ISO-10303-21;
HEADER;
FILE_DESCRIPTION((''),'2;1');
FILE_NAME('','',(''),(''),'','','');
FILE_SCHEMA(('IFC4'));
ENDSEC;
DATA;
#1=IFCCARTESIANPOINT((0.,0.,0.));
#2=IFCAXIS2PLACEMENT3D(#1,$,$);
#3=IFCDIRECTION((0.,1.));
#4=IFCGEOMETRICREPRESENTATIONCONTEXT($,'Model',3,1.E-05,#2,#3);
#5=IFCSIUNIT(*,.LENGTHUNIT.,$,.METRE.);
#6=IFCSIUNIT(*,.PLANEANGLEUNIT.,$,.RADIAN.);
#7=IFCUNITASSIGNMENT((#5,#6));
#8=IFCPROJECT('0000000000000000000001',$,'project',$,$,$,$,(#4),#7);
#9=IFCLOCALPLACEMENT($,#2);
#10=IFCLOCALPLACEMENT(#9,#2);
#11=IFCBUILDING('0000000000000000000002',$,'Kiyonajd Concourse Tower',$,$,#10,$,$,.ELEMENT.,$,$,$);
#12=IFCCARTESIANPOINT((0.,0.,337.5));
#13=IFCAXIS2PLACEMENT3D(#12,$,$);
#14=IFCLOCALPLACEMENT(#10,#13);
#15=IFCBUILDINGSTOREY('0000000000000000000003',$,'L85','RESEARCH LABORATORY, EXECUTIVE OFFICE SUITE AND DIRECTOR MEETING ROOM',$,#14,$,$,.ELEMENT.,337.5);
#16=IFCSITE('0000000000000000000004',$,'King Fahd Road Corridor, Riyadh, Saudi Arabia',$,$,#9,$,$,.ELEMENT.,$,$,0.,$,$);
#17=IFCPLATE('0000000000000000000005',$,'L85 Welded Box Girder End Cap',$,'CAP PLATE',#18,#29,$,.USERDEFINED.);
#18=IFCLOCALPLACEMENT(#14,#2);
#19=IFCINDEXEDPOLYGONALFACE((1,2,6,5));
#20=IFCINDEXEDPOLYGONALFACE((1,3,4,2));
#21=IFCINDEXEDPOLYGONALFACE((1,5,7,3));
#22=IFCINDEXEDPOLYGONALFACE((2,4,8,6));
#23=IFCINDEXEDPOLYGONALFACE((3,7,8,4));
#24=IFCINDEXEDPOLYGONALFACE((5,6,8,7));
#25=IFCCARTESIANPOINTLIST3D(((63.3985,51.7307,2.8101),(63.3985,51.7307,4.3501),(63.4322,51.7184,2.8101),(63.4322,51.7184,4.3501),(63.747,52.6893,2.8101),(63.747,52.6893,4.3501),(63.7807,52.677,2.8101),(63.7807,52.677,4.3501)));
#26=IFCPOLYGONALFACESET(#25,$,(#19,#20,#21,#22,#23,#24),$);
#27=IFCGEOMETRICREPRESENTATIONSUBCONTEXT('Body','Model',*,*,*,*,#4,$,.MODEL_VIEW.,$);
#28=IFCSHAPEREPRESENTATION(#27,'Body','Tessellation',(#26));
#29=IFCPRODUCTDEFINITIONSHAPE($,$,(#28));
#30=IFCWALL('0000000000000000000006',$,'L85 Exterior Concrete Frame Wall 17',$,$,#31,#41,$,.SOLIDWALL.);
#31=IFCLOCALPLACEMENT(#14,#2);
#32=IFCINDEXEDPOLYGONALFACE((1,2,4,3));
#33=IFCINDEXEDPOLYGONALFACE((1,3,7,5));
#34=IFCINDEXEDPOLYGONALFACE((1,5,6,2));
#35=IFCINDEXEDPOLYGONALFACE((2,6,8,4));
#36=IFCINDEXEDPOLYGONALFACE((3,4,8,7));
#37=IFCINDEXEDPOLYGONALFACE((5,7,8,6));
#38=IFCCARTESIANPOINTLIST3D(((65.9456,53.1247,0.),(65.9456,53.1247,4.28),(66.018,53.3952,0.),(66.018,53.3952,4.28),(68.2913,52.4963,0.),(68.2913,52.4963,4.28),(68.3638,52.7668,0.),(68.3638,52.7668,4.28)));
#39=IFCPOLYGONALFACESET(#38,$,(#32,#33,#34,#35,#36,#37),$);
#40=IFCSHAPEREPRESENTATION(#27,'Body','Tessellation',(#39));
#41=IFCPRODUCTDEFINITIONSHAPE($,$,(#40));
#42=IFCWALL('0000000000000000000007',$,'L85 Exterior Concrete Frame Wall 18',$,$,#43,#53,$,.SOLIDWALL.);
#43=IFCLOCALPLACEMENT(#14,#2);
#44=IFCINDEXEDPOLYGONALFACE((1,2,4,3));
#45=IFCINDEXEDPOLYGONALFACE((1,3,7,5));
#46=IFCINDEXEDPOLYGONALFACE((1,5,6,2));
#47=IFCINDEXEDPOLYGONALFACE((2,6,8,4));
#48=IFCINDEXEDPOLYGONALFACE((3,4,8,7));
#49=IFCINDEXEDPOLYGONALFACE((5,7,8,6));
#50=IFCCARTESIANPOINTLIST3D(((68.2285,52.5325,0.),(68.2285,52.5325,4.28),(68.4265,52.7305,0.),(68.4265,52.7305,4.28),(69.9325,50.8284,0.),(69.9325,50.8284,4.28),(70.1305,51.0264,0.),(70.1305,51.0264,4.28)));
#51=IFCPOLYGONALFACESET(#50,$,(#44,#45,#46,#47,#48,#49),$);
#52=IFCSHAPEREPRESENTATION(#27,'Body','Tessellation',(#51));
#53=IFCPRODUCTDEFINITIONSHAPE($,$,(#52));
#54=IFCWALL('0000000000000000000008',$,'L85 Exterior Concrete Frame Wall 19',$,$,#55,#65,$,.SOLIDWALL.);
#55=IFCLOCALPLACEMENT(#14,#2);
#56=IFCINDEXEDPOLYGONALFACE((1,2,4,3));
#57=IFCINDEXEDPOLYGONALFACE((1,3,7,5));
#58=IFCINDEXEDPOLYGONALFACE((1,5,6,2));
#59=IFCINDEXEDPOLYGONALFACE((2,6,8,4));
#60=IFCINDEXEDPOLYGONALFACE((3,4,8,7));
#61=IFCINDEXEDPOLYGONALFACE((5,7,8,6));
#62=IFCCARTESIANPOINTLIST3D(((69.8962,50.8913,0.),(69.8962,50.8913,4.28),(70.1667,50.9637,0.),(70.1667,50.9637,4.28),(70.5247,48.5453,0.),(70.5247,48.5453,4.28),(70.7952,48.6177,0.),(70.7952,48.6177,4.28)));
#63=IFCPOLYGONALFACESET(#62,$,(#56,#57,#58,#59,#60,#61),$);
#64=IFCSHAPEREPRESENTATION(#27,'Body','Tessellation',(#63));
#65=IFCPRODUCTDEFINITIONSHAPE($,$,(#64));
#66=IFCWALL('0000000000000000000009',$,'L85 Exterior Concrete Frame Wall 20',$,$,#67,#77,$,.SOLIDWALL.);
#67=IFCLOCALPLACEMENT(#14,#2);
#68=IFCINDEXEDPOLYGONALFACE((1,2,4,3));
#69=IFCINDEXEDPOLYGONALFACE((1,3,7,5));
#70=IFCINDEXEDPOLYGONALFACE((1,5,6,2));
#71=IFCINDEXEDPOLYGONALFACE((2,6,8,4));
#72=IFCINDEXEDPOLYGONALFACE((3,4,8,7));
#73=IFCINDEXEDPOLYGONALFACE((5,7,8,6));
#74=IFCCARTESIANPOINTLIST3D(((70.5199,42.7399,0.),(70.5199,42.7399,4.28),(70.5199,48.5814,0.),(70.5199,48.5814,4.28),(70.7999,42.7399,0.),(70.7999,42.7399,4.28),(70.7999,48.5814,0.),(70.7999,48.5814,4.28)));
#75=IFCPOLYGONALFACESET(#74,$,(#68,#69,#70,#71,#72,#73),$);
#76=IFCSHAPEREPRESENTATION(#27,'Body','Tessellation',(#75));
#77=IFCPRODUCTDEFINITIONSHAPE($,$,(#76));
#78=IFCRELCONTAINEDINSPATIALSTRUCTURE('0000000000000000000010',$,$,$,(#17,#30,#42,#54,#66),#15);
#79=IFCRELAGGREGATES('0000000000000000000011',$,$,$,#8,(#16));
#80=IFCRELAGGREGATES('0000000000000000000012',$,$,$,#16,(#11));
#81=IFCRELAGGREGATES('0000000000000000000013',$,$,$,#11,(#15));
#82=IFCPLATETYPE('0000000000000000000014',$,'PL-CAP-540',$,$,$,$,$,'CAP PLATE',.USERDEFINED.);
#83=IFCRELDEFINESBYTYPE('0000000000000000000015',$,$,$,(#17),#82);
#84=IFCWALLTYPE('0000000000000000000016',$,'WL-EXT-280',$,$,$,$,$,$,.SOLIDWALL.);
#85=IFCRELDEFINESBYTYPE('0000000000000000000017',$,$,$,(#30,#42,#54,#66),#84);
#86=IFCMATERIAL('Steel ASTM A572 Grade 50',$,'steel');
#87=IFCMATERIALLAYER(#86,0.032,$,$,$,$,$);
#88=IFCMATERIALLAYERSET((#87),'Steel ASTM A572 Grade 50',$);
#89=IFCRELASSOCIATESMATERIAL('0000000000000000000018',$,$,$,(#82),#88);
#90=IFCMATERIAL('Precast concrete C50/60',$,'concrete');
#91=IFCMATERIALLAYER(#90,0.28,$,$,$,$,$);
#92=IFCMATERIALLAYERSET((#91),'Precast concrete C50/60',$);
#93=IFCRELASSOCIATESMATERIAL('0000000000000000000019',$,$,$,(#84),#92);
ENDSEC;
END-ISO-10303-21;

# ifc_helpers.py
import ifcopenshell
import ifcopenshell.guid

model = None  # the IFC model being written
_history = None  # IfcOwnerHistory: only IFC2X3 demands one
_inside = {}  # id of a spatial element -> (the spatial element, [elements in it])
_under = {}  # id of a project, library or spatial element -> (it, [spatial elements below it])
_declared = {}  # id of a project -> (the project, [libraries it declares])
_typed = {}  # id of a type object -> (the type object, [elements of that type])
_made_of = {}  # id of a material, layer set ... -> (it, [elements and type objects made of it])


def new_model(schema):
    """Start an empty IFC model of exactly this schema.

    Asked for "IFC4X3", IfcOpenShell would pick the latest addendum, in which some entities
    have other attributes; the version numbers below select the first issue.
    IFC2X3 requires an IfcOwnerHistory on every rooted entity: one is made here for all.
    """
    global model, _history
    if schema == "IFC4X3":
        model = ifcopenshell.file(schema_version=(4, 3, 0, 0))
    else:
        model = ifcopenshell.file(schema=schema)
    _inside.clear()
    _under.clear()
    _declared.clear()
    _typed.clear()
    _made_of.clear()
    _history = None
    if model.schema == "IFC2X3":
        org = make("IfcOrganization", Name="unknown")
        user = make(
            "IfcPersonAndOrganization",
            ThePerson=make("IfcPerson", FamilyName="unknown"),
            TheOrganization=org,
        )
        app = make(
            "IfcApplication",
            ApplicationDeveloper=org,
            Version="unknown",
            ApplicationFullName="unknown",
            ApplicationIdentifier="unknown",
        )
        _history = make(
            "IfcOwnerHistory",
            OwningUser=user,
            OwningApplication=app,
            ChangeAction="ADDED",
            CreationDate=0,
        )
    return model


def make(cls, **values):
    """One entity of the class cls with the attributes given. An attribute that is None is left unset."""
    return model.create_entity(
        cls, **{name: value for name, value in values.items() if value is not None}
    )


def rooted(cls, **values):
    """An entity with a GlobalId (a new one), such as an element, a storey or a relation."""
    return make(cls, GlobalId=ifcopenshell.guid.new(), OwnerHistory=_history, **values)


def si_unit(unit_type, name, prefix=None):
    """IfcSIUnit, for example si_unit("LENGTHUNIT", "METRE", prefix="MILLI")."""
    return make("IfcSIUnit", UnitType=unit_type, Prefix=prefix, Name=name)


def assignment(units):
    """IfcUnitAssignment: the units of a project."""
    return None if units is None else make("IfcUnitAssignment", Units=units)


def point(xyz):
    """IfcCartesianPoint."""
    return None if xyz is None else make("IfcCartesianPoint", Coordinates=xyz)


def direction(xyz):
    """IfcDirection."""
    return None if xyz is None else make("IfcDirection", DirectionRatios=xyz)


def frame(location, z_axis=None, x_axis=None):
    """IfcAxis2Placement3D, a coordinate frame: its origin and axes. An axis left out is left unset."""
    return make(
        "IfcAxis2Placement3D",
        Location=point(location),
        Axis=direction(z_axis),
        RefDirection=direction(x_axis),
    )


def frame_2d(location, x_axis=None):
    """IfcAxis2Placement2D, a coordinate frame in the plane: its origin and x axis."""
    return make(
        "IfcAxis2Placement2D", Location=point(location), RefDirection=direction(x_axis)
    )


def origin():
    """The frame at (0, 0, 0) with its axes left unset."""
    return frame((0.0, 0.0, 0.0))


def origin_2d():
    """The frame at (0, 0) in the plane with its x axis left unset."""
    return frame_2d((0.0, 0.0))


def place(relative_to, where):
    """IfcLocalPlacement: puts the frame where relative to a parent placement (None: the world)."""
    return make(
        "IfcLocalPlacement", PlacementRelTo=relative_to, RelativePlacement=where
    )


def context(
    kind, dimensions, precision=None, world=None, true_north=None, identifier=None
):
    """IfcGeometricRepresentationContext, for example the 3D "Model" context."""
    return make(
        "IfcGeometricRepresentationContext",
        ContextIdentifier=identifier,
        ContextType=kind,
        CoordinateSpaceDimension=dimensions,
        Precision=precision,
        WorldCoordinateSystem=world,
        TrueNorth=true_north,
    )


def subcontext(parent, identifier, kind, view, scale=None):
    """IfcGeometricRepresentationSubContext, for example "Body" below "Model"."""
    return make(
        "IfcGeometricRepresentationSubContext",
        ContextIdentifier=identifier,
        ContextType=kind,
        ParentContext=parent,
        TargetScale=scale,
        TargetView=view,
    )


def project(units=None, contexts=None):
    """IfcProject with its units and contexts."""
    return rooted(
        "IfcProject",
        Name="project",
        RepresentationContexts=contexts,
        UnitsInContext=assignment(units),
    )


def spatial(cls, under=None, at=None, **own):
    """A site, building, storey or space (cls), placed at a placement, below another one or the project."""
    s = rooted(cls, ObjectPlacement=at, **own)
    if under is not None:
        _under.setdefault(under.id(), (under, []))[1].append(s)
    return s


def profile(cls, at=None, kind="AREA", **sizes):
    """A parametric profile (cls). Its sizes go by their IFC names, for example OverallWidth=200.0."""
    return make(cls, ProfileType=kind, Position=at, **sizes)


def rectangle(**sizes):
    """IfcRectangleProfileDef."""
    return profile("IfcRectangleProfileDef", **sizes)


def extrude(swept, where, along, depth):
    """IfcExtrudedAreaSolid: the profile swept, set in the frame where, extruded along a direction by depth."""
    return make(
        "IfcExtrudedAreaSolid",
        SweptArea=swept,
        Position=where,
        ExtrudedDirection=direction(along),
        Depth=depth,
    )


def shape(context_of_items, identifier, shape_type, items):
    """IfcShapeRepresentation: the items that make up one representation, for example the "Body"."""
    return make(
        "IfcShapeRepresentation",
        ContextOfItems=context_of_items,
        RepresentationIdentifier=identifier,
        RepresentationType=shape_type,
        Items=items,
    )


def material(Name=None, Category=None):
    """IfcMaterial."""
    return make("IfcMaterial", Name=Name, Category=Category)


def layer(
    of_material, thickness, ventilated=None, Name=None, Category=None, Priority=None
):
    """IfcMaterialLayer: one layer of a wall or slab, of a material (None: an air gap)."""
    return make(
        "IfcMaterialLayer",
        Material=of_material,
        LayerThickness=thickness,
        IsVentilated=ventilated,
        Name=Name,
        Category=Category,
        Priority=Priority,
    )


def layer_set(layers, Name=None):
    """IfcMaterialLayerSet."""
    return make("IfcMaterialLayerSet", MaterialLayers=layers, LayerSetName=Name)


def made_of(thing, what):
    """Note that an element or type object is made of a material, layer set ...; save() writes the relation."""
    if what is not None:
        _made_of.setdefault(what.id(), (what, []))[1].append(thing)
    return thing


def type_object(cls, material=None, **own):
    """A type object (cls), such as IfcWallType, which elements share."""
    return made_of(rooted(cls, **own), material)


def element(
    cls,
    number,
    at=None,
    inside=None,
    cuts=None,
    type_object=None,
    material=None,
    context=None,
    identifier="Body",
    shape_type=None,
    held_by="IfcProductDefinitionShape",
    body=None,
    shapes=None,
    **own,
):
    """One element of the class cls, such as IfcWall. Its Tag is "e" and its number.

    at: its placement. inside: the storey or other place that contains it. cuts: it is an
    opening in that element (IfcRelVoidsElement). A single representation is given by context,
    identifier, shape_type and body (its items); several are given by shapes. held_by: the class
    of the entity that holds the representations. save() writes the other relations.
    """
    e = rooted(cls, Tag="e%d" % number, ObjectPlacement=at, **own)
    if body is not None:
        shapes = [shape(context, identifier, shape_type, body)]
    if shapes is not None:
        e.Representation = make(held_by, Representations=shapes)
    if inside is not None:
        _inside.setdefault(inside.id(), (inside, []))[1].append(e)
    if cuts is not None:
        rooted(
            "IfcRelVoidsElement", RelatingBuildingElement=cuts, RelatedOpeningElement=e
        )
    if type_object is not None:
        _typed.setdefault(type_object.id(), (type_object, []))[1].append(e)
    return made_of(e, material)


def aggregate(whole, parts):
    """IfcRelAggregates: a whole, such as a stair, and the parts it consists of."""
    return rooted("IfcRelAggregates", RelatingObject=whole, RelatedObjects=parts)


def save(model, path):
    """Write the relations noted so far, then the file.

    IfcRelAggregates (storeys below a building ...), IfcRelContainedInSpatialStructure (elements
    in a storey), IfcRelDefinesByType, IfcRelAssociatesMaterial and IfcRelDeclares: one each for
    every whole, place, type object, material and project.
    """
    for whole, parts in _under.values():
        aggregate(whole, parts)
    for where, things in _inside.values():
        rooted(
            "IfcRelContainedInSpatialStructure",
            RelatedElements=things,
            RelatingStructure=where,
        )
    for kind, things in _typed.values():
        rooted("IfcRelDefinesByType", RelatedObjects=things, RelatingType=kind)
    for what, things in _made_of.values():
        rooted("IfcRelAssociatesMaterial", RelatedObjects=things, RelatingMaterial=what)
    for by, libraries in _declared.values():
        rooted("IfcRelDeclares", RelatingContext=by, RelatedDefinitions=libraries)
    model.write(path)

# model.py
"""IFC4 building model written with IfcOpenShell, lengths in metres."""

from ifc_helpers import new_model, si_unit, direction, frame, frame_2d, origin, origin_2d, place, context, subcontext, project, spatial, rectangle, extrude, material, layer, layer_set, type_object, element, save


model = new_model("IFC4")

# Units and contexts
model_context = context("Model", 3, precision=1e-05, world=origin(), true_north=direction((0.0, 1.0)))
body_context = subcontext(model_context, "Body", "Model", "MODEL_VIEW")
ifc_project = project(units=[si_unit("LENGTHUNIT", "METRE"), si_unit("PLANEANGLEUNIT", "RADIAN")], contexts=[model_context])

# Site, building, storey
site_placement = place(None, origin())
site = spatial("IfcSite", under=ifc_project, at=site_placement, Name="King Fahd Road Corridor, Riyadh, Saudi Arabia", CompositionType="ELEMENT", RefElevation=0.0)
building_placement = place(site_placement, origin())
building = spatial("IfcBuilding", under=site, at=building_placement, Name="Kiyonajd Concourse Tower", CompositionType="ELEMENT")
storey_placement = place(building_placement, frame((0.0, 0.0, 337.5)))
storey = spatial("IfcBuildingStorey", under=building, at=storey_placement, Name="L85", Description="RESEARCH LABORATORY, EXECUTIVE OFFICE SUITE AND DIRECTOR MEETING ROOM", CompositionType="ELEMENT", Elevation=337.5)

# Shared definitions
ifc_material_1 = material(Name="Steel ASTM A572 Grade 50", Category="steel")

# Plate
ifc_layer_1 = layer(ifc_material_1, 0.032)
ifc_layer_set_1 = layer_set([ifc_layer_1], Name="Steel ASTM A572 Grade 50")
plate_type_1 = type_object("IfcPlateType", Name="PL-CAP-540", ElementType="CAP PLATE", PredefinedType="USERDEFINED", material=ifc_layer_set_1)
for number, where, z_axis, x_axis, name in (
    (1, (63.5896, 52.2039, 2.8101), (0.0, 0.0, 1.0), (-0.939812, 0.341692, 0.0), "L85 Welded Box Girder End Cap"),
):
    element("IfcPlate", number, at=place(storey_placement, frame(where, z_axis=z_axis, x_axis=x_axis)), inside=storey, type_object=plate_type_1, Name=name, ObjectType="CAP PLATE", PredefinedType="USERDEFINED", context=body_context, shape_type="SweptSolid", body=[
        extrude(rectangle(XDim=0.0359, YDim=1.02, at=origin_2d()), origin(), (0.0, 0.0, 1.0), 1.54),
    ])

# Walls
ifc_material_2 = material(Name="Precast concrete C50/60", Category="concrete")
ifc_layer_2 = layer(ifc_material_2, 0.28)
ifc_layer_set_2 = layer_set([ifc_layer_2], Name="Precast concrete C50/60")
wall_type = type_object("IfcWallType", Name="WL-EXT-280", PredefinedType="SOLIDWALL", material=ifc_layer_set_2)
wall_1_placement = place(storey_placement, frame((65.9817, 53.26, 0.0), z_axis=(0.0, 0.0, 1.0), x_axis=(0.965937, -0.258776, 0.0)))
element("IfcWall", 2, at=wall_1_placement, inside=storey, type_object=wall_type, Name="L85 Exterior Concrete Frame Wall 17", PredefinedType="SOLIDWALL", context=body_context, shape_type="SweptSolid", body=[
    extrude(rectangle(XDim=2.4285, YDim=0.28, at=frame_2d((1.2144, 0.0))), origin(), (0.0, 0.0, 1.0), 4.28),
])
wall_2_placement = place(storey_placement, frame((68.3274, 52.6316, 0.0), z_axis=(0.0, 0.0, 1.0), x_axis=(0.707107, -0.707107, 0.0)))
element("IfcWall", 3, at=wall_2_placement, inside=storey, type_object=wall_type, Name="L85 Exterior Concrete Frame Wall 18", PredefinedType="SOLIDWALL", context=body_context, shape_type="SweptSolid", body=[
    extrude(rectangle(XDim=2.4099, YDim=0.28, at=frame_2d((1.2051, 0.0))), origin(), (0.0, 0.0, 1.0), 4.28),
])
wall_3_placement = place(storey_placement, frame((70.0315, 50.9275, 0.0), z_axis=(0.0, 0.0, 1.0), x_axis=(0.258751, -0.965944, 0.0)))
element("IfcWall", 4, at=wall_3_placement, inside=storey, type_object=wall_type, Name="L85 Exterior Concrete Frame Wall 19", PredefinedType="SOLIDWALL", context=body_context, shape_type="SweptSolid", body=[
    extrude(rectangle(XDim=2.4287, YDim=0.28, at=frame_2d((1.2144, 0.0))), origin(), (0.0, 0.0, 1.0), 4.28),
])
wall_4_placement = place(storey_placement, frame((70.6599, 48.5815, 0.0), z_axis=(0.0, 0.0, 1.0), x_axis=(0.0, -1.0, 0.0)))
element("IfcWall", 5, at=wall_4_placement, inside=storey, type_object=wall_type, Name="L85 Exterior Concrete Frame Wall 20", PredefinedType="SOLIDWALL", context=body_context, shape_type="SweptSolid", body=[
    extrude(rectangle(XDim=5.8416, YDim=0.28, at=frame_2d((2.9209, 0.0))), origin(), (0.0, 0.0, 1.0), 4.28),
])

save(model, "model.ifc")
